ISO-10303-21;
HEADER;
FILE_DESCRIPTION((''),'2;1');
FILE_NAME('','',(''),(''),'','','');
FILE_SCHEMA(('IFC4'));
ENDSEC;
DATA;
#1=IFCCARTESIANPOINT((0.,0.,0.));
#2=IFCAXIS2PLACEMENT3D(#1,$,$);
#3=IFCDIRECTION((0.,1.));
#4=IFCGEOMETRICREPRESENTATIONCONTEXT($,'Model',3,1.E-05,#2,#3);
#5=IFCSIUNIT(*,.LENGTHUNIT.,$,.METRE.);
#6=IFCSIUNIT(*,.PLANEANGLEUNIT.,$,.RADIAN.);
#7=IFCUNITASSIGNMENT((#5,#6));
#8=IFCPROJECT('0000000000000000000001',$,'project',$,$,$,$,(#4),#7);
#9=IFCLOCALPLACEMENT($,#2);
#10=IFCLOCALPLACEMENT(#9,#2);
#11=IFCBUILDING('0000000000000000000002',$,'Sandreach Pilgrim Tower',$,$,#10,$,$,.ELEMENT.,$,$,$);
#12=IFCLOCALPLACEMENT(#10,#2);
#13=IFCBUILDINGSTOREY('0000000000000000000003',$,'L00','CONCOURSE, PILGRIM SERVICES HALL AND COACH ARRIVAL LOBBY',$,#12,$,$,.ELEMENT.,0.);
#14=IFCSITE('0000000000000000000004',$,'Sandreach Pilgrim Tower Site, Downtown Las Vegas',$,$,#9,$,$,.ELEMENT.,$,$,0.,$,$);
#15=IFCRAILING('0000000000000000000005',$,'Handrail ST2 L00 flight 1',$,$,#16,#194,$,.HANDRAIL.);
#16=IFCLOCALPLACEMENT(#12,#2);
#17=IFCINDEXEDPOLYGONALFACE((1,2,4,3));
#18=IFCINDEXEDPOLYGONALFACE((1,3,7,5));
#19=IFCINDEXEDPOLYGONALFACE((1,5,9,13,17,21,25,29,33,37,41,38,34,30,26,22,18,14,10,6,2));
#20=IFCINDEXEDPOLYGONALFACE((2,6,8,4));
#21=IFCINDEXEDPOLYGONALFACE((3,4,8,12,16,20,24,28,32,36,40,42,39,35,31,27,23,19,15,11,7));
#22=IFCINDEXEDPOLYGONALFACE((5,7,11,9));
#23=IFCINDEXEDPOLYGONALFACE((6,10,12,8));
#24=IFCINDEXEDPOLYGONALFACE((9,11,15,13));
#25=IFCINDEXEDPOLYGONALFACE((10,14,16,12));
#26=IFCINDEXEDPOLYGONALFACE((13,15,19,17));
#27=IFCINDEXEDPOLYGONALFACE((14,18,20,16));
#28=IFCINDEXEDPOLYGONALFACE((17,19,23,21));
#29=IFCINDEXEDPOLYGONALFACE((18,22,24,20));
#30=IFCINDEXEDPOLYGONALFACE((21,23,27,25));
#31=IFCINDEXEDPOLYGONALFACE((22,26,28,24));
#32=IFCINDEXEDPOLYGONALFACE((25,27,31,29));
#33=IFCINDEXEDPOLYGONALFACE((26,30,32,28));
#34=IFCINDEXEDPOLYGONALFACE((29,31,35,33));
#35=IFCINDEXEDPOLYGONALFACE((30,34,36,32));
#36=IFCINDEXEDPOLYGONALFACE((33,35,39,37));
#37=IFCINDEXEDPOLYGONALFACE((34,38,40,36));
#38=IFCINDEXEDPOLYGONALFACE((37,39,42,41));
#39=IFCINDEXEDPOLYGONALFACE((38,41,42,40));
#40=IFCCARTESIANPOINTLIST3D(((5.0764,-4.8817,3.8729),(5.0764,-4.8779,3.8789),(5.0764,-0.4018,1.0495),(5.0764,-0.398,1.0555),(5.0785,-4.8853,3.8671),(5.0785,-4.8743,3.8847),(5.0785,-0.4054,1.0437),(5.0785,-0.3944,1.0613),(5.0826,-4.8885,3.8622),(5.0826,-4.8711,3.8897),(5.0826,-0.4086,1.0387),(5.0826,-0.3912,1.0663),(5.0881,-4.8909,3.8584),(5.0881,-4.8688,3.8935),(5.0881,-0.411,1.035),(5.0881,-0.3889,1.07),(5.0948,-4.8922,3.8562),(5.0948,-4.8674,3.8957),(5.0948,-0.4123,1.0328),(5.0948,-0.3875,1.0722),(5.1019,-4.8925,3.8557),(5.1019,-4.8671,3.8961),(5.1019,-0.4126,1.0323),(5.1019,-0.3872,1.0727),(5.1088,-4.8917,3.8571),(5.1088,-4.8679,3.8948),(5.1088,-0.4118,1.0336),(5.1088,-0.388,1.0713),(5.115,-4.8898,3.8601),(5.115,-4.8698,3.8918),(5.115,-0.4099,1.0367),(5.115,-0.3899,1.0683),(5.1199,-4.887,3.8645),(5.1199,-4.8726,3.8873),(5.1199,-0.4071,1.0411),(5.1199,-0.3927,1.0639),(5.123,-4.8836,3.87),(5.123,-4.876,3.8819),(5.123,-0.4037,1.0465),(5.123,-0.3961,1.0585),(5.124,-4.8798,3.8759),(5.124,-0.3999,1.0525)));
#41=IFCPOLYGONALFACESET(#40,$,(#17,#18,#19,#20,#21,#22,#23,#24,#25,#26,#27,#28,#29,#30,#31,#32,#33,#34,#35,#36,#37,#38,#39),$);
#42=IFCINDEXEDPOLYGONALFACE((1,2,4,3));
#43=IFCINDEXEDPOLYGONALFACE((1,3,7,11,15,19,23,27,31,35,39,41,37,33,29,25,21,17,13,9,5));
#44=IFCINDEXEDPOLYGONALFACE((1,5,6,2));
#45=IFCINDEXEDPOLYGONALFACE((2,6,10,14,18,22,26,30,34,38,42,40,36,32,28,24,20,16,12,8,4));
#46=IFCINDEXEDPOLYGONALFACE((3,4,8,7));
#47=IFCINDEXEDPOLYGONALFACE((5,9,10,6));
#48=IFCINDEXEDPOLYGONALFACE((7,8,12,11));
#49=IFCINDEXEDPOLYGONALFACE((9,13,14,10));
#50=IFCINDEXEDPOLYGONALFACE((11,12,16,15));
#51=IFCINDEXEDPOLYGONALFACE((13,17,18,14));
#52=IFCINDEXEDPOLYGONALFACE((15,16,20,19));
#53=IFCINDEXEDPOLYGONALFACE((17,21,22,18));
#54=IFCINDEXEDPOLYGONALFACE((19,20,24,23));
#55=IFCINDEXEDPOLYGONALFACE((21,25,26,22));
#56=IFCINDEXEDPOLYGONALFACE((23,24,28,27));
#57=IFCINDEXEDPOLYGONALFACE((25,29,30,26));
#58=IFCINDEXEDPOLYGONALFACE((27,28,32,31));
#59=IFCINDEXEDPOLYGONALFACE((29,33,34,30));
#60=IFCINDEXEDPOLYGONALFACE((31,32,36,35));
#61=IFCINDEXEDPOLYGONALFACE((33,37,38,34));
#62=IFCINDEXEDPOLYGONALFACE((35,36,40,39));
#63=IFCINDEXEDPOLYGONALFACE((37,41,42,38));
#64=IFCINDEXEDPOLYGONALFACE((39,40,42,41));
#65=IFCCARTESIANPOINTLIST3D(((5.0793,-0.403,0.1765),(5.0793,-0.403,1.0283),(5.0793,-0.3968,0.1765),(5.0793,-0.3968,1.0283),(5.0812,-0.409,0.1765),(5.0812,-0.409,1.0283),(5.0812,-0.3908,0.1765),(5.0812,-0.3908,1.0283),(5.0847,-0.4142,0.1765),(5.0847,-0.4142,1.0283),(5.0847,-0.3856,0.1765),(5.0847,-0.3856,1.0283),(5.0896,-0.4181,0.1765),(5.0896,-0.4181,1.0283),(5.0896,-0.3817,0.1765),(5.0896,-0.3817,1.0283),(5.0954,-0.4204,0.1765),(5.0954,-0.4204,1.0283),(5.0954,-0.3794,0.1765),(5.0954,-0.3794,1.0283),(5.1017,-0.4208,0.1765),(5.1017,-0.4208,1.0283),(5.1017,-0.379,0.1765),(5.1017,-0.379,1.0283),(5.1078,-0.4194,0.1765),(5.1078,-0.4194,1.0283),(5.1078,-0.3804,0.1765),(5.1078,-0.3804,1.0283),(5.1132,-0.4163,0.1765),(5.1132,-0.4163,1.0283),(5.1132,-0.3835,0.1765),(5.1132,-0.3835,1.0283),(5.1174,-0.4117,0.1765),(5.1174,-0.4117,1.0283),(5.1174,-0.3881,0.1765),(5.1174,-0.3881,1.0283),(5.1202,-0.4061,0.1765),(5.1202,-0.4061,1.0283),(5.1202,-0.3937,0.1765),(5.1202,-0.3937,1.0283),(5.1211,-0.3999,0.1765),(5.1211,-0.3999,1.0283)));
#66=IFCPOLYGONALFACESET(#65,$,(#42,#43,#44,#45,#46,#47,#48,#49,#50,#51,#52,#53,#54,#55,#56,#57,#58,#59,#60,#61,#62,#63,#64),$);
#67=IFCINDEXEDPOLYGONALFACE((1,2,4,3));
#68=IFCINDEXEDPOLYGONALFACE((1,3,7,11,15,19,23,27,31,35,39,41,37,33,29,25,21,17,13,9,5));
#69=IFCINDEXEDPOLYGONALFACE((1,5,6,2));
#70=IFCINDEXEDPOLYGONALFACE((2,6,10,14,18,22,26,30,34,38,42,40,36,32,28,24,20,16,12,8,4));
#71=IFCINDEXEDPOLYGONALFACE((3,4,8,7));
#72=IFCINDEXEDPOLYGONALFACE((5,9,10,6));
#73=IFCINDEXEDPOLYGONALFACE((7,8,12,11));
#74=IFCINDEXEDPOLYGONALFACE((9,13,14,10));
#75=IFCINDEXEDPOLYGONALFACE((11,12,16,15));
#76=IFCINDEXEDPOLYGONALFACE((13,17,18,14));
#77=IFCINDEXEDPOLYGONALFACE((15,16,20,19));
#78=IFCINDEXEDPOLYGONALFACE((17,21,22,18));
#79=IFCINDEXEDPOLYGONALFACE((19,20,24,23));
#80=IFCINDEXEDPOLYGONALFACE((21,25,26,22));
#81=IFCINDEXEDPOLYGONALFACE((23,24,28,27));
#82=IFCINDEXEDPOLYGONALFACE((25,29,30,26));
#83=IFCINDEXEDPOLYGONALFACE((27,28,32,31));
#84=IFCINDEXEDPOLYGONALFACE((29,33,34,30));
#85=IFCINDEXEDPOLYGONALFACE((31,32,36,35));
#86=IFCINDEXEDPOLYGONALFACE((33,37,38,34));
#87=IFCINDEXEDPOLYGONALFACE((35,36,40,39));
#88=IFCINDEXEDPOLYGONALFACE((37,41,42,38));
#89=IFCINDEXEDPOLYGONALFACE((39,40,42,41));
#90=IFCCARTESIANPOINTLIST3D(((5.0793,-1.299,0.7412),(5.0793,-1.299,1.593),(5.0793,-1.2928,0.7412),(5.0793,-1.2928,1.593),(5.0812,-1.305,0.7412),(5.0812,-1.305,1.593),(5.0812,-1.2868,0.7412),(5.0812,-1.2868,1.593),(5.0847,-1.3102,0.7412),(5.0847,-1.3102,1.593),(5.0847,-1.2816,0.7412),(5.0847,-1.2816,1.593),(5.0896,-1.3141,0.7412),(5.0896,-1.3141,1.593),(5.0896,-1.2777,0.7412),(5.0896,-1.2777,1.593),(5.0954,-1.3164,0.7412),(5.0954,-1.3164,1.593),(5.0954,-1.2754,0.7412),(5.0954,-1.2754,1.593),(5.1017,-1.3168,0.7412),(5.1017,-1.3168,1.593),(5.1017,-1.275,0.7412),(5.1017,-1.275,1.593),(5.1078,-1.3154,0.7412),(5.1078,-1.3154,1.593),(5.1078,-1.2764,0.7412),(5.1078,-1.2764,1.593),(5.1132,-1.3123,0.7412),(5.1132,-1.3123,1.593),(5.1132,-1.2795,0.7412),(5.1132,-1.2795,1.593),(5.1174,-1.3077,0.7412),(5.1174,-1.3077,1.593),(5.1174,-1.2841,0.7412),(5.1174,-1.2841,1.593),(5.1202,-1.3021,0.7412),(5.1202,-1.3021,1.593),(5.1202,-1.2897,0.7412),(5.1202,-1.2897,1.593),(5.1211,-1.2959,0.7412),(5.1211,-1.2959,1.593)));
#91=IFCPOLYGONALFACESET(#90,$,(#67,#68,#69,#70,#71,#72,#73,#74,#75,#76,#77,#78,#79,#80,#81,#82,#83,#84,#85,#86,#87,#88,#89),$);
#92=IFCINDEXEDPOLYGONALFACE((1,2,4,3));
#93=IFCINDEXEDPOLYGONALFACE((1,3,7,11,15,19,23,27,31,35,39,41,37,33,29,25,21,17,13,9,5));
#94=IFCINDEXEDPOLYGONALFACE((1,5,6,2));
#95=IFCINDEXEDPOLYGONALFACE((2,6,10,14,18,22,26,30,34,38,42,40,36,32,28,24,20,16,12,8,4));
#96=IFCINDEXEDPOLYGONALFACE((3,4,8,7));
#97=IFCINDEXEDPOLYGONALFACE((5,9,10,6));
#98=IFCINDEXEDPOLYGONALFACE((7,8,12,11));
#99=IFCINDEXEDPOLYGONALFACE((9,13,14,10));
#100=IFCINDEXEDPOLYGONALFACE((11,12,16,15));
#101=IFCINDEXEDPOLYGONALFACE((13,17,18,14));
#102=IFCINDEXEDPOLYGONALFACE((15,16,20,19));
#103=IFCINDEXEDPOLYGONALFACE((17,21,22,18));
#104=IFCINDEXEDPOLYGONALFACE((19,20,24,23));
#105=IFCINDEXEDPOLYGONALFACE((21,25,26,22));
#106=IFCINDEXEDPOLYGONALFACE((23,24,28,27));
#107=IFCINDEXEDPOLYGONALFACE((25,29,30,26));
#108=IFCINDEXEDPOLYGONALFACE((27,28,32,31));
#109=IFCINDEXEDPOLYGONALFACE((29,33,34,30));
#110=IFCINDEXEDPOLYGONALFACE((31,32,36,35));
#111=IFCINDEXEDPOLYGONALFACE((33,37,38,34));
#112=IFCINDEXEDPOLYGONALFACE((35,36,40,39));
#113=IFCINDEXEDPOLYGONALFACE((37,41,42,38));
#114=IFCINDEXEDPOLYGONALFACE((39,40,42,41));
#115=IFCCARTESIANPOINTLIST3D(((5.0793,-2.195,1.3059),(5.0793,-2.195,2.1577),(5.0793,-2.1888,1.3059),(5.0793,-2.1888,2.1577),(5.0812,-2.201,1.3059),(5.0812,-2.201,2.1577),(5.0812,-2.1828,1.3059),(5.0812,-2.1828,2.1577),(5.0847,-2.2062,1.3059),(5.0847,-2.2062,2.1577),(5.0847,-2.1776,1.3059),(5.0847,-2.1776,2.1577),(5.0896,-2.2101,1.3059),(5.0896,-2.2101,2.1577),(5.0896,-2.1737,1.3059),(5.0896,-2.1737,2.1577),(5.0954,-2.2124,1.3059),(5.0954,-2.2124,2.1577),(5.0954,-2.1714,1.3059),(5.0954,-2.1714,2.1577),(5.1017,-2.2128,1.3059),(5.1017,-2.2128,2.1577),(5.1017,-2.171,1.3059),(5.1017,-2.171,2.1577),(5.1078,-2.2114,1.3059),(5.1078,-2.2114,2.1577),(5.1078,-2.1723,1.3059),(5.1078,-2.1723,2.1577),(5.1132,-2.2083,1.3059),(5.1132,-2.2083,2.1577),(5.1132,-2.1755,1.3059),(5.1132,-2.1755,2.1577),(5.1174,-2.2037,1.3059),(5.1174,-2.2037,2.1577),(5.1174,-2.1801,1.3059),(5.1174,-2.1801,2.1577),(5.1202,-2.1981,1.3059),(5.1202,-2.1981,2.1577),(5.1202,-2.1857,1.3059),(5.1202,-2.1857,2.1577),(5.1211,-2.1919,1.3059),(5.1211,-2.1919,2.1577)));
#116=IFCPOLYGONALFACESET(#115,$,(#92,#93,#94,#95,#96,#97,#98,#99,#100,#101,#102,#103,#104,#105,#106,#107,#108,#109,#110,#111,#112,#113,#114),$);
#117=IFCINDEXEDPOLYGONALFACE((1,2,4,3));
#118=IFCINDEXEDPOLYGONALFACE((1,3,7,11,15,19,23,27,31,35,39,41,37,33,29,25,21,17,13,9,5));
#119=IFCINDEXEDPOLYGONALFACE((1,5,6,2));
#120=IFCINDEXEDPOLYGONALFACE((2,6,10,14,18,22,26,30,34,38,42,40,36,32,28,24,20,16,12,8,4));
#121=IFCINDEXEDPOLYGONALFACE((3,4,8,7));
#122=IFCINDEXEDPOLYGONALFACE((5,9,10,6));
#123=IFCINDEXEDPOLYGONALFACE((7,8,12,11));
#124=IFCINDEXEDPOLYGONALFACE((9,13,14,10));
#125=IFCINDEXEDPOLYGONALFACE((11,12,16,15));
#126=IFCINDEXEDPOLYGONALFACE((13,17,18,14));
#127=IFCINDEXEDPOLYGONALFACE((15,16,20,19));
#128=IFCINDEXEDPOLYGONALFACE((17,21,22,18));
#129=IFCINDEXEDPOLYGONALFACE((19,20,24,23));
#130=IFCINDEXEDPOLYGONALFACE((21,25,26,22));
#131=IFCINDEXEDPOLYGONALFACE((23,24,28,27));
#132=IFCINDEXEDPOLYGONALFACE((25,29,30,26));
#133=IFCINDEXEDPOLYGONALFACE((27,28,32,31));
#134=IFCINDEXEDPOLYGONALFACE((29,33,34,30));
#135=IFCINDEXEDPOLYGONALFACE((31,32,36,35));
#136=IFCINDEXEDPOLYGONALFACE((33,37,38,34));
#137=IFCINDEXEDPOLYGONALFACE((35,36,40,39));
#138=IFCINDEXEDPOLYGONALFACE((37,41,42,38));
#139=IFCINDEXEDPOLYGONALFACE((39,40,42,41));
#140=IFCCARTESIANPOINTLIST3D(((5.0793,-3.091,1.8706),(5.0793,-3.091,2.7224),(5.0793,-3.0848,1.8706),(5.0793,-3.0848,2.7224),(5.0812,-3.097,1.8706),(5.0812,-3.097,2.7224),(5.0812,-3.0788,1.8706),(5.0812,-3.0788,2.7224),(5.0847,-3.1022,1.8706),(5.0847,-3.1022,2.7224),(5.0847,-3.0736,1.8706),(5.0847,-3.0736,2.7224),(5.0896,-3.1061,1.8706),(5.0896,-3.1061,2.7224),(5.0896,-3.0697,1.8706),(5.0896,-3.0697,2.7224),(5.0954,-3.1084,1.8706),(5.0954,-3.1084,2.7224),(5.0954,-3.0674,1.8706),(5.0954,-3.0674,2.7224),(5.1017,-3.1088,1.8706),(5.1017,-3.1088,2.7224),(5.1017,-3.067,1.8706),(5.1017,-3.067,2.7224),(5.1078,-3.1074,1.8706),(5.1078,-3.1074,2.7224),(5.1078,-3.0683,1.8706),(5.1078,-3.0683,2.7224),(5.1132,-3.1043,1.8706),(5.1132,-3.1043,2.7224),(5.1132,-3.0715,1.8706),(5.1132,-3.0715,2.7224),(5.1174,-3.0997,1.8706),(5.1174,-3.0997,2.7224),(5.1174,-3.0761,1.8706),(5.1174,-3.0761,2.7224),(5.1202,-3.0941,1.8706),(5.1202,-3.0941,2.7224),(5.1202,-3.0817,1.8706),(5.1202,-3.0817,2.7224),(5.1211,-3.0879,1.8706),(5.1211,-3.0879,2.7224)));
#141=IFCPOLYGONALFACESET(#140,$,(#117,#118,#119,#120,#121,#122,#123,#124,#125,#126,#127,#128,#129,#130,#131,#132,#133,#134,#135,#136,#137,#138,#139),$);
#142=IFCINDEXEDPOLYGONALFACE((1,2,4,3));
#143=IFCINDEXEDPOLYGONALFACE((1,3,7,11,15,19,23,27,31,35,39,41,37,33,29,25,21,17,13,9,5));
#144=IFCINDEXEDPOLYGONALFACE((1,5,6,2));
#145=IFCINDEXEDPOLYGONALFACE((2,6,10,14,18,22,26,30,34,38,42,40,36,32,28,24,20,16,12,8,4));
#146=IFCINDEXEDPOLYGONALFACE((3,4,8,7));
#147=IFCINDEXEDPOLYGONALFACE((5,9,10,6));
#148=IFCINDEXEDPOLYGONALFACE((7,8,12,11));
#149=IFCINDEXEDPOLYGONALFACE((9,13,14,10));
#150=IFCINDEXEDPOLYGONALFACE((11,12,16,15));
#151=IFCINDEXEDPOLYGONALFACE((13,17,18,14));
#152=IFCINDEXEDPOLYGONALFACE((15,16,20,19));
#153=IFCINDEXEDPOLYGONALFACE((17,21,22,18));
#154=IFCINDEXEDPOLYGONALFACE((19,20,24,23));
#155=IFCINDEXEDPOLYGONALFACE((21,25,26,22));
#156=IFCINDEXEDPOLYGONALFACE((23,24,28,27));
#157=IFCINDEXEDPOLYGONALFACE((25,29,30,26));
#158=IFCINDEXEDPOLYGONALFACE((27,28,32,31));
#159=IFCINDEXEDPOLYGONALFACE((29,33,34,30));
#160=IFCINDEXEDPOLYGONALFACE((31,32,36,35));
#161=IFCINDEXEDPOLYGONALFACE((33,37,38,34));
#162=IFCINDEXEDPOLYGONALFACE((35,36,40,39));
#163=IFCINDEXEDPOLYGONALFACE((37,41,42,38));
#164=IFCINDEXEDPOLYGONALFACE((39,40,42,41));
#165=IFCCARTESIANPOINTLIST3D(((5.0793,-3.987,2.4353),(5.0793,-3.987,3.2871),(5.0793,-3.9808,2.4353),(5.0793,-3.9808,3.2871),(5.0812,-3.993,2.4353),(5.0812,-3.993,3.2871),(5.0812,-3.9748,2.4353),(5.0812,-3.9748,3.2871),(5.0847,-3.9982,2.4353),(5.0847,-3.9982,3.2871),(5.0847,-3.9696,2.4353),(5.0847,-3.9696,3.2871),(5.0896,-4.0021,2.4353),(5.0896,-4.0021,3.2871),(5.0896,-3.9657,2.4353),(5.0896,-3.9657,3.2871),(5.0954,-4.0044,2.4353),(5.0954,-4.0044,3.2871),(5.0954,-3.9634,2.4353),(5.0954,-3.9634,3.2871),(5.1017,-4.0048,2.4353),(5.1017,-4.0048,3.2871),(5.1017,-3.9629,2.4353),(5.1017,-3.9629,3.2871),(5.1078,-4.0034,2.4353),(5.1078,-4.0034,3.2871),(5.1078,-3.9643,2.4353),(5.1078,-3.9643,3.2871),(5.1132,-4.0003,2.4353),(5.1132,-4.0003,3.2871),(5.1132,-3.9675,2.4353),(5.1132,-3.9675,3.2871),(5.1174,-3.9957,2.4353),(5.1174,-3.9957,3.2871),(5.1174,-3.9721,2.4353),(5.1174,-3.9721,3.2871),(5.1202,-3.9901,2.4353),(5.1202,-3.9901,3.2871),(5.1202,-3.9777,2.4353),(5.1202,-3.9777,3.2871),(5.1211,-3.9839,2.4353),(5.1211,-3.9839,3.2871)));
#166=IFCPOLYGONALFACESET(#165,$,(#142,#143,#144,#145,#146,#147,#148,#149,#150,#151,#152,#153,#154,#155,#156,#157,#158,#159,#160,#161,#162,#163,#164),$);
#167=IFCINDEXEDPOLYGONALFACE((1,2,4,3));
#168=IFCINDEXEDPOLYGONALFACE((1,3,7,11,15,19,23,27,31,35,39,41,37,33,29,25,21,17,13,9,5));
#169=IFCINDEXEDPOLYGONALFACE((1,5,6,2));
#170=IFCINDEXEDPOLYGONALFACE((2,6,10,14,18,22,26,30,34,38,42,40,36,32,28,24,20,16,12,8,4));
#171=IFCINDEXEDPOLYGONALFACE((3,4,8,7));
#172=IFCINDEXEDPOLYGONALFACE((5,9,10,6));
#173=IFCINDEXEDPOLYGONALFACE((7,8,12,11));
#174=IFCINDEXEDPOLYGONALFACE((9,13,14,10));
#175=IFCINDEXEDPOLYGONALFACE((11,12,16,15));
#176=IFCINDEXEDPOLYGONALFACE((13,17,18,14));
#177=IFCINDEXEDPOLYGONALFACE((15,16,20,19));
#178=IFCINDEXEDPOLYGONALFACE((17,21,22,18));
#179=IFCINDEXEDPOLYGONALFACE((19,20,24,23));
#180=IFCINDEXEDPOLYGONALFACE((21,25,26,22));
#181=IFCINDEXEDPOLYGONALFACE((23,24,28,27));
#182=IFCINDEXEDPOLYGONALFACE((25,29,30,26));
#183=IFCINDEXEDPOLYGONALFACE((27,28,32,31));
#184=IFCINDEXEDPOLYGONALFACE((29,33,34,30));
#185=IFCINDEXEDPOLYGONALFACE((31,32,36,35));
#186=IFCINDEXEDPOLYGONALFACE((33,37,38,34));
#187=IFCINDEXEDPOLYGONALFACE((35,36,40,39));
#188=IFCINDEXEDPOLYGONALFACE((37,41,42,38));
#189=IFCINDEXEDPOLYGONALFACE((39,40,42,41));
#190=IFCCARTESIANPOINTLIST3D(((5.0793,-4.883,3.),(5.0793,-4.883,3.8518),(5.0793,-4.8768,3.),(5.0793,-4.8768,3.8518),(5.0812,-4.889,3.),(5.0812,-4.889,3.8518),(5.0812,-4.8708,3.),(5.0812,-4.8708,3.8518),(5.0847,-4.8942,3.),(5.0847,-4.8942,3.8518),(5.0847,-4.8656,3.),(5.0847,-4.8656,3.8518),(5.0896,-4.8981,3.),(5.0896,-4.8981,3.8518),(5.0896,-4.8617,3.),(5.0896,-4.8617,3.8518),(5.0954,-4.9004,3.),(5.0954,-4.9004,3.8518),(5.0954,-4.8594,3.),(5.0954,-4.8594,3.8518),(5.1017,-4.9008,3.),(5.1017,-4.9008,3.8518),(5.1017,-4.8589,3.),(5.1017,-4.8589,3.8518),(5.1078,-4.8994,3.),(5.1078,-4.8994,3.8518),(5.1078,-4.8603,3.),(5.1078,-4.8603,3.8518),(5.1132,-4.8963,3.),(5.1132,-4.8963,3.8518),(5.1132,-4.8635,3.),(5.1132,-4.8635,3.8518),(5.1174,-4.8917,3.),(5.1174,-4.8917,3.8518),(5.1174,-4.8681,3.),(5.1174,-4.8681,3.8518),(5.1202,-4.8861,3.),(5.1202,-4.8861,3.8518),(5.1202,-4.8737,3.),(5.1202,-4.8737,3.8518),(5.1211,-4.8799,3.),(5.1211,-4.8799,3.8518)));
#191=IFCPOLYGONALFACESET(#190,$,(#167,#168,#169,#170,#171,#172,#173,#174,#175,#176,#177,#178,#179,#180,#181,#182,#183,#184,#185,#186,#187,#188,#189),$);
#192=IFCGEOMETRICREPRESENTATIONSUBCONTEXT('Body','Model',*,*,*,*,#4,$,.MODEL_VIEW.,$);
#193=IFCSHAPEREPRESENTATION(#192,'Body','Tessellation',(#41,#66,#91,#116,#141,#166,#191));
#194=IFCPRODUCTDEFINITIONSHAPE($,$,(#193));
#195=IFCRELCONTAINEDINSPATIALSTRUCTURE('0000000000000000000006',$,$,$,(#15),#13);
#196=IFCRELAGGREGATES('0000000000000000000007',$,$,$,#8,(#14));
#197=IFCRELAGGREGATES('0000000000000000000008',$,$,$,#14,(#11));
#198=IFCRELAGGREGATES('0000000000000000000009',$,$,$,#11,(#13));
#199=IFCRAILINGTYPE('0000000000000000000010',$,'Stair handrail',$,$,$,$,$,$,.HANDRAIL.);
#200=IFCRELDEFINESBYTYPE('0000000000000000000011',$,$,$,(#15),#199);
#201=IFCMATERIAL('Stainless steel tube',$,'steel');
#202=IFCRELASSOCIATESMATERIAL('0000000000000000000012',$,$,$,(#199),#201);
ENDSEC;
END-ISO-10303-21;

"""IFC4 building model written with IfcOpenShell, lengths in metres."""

from ifc_helpers import new_model, si_unit, direction, frame, origin, origin_2d, place, context, subcontext, project, spatial, circle, extrude, material, type_object, element, save


model = new_model("IFC4")

# Units and contexts
model_context = context("Model", 3, precision=1e-05, world=origin(), true_north=direction((0.0, 1.0)))
body_context = subcontext(model_context, "Body", "Model", "MODEL_VIEW")
ifc_project = project(units=[si_unit("LENGTHUNIT", "METRE"), si_unit("PLANEANGLEUNIT", "RADIAN")], contexts=[model_context])

# Site, building, storey
site_placement = place(None, origin())
site = spatial("IfcSite", under=ifc_project, at=site_placement, Name="Sandreach Pilgrim Tower Site, Downtown Las Vegas", CompositionType="ELEMENT", RefElevation=0.0)
building_placement = place(site_placement, origin())
building = spatial("IfcBuilding", under=site, at=building_placement, Name="Sandreach Pilgrim Tower", CompositionType="ELEMENT")
storey_placement = place(building_placement, origin())
storey = spatial("IfcBuildingStorey", under=building, at=storey_placement, Name="L00", Description="CONCOURSE, PILGRIM SERVICES HALL AND COACH ARRIVAL LOBBY", CompositionType="ELEMENT", Elevation=0.0)

# Railing
ifc_material_1 = material(Name="Stainless steel tube", Category="steel")
railing_type = type_object("IfcRailingType", Name="Stair handrail", PredefinedType="HANDRAIL", material=ifc_material_1)
for number, where, name in (
    (1, (5.1001, -0.3999, 0.1765), "Handrail ST2 L00 flight 1"),
):
    element("IfcRailing", number, at=place(storey_placement, frame(where)), inside=storey, type_object=railing_type, Name=name, PredefinedType="HANDRAIL", context=body_context, shape_type="SweptSolid", body=[
        extrude(circle(Radius=0.0239, at=origin_2d()), frame((0.0, 0.0, 0.876), z_axis=(0.0, -0.845998, 0.533186), x_axis=(1.0, 0.0, 0.0)), (0.0, 0.0, 1.0), 5.2954),
        extrude(circle(Radius=0.021, at=origin_2d()), origin(), (0.0, 0.0, 1.0), 0.8518),
        extrude(circle(Radius=0.021, at=origin_2d()), frame((0.0, -0.896, 0.5647)), (0.0, 0.0, 1.0), 0.8518),
        extrude(circle(Radius=0.021, at=origin_2d()), frame((0.0, -1.792, 1.1294)), (0.0, 0.0, 1.0), 0.8518),
        extrude(circle(Radius=0.021, at=origin_2d()), frame((0.0, -2.688, 1.6941)), (0.0, 0.0, 1.0), 0.8518),
        extrude(circle(Radius=0.021, at=origin_2d()), frame((0.0, -3.584, 2.2588)), (0.0, 0.0, 1.0), 0.8518),
        extrude(circle(Radius=0.021, at=origin_2d()), frame((0.0, -4.48, 2.8235)), (0.0, 0.0, 1.0), 0.8518),
    ])

save(model, "model.ifc")
